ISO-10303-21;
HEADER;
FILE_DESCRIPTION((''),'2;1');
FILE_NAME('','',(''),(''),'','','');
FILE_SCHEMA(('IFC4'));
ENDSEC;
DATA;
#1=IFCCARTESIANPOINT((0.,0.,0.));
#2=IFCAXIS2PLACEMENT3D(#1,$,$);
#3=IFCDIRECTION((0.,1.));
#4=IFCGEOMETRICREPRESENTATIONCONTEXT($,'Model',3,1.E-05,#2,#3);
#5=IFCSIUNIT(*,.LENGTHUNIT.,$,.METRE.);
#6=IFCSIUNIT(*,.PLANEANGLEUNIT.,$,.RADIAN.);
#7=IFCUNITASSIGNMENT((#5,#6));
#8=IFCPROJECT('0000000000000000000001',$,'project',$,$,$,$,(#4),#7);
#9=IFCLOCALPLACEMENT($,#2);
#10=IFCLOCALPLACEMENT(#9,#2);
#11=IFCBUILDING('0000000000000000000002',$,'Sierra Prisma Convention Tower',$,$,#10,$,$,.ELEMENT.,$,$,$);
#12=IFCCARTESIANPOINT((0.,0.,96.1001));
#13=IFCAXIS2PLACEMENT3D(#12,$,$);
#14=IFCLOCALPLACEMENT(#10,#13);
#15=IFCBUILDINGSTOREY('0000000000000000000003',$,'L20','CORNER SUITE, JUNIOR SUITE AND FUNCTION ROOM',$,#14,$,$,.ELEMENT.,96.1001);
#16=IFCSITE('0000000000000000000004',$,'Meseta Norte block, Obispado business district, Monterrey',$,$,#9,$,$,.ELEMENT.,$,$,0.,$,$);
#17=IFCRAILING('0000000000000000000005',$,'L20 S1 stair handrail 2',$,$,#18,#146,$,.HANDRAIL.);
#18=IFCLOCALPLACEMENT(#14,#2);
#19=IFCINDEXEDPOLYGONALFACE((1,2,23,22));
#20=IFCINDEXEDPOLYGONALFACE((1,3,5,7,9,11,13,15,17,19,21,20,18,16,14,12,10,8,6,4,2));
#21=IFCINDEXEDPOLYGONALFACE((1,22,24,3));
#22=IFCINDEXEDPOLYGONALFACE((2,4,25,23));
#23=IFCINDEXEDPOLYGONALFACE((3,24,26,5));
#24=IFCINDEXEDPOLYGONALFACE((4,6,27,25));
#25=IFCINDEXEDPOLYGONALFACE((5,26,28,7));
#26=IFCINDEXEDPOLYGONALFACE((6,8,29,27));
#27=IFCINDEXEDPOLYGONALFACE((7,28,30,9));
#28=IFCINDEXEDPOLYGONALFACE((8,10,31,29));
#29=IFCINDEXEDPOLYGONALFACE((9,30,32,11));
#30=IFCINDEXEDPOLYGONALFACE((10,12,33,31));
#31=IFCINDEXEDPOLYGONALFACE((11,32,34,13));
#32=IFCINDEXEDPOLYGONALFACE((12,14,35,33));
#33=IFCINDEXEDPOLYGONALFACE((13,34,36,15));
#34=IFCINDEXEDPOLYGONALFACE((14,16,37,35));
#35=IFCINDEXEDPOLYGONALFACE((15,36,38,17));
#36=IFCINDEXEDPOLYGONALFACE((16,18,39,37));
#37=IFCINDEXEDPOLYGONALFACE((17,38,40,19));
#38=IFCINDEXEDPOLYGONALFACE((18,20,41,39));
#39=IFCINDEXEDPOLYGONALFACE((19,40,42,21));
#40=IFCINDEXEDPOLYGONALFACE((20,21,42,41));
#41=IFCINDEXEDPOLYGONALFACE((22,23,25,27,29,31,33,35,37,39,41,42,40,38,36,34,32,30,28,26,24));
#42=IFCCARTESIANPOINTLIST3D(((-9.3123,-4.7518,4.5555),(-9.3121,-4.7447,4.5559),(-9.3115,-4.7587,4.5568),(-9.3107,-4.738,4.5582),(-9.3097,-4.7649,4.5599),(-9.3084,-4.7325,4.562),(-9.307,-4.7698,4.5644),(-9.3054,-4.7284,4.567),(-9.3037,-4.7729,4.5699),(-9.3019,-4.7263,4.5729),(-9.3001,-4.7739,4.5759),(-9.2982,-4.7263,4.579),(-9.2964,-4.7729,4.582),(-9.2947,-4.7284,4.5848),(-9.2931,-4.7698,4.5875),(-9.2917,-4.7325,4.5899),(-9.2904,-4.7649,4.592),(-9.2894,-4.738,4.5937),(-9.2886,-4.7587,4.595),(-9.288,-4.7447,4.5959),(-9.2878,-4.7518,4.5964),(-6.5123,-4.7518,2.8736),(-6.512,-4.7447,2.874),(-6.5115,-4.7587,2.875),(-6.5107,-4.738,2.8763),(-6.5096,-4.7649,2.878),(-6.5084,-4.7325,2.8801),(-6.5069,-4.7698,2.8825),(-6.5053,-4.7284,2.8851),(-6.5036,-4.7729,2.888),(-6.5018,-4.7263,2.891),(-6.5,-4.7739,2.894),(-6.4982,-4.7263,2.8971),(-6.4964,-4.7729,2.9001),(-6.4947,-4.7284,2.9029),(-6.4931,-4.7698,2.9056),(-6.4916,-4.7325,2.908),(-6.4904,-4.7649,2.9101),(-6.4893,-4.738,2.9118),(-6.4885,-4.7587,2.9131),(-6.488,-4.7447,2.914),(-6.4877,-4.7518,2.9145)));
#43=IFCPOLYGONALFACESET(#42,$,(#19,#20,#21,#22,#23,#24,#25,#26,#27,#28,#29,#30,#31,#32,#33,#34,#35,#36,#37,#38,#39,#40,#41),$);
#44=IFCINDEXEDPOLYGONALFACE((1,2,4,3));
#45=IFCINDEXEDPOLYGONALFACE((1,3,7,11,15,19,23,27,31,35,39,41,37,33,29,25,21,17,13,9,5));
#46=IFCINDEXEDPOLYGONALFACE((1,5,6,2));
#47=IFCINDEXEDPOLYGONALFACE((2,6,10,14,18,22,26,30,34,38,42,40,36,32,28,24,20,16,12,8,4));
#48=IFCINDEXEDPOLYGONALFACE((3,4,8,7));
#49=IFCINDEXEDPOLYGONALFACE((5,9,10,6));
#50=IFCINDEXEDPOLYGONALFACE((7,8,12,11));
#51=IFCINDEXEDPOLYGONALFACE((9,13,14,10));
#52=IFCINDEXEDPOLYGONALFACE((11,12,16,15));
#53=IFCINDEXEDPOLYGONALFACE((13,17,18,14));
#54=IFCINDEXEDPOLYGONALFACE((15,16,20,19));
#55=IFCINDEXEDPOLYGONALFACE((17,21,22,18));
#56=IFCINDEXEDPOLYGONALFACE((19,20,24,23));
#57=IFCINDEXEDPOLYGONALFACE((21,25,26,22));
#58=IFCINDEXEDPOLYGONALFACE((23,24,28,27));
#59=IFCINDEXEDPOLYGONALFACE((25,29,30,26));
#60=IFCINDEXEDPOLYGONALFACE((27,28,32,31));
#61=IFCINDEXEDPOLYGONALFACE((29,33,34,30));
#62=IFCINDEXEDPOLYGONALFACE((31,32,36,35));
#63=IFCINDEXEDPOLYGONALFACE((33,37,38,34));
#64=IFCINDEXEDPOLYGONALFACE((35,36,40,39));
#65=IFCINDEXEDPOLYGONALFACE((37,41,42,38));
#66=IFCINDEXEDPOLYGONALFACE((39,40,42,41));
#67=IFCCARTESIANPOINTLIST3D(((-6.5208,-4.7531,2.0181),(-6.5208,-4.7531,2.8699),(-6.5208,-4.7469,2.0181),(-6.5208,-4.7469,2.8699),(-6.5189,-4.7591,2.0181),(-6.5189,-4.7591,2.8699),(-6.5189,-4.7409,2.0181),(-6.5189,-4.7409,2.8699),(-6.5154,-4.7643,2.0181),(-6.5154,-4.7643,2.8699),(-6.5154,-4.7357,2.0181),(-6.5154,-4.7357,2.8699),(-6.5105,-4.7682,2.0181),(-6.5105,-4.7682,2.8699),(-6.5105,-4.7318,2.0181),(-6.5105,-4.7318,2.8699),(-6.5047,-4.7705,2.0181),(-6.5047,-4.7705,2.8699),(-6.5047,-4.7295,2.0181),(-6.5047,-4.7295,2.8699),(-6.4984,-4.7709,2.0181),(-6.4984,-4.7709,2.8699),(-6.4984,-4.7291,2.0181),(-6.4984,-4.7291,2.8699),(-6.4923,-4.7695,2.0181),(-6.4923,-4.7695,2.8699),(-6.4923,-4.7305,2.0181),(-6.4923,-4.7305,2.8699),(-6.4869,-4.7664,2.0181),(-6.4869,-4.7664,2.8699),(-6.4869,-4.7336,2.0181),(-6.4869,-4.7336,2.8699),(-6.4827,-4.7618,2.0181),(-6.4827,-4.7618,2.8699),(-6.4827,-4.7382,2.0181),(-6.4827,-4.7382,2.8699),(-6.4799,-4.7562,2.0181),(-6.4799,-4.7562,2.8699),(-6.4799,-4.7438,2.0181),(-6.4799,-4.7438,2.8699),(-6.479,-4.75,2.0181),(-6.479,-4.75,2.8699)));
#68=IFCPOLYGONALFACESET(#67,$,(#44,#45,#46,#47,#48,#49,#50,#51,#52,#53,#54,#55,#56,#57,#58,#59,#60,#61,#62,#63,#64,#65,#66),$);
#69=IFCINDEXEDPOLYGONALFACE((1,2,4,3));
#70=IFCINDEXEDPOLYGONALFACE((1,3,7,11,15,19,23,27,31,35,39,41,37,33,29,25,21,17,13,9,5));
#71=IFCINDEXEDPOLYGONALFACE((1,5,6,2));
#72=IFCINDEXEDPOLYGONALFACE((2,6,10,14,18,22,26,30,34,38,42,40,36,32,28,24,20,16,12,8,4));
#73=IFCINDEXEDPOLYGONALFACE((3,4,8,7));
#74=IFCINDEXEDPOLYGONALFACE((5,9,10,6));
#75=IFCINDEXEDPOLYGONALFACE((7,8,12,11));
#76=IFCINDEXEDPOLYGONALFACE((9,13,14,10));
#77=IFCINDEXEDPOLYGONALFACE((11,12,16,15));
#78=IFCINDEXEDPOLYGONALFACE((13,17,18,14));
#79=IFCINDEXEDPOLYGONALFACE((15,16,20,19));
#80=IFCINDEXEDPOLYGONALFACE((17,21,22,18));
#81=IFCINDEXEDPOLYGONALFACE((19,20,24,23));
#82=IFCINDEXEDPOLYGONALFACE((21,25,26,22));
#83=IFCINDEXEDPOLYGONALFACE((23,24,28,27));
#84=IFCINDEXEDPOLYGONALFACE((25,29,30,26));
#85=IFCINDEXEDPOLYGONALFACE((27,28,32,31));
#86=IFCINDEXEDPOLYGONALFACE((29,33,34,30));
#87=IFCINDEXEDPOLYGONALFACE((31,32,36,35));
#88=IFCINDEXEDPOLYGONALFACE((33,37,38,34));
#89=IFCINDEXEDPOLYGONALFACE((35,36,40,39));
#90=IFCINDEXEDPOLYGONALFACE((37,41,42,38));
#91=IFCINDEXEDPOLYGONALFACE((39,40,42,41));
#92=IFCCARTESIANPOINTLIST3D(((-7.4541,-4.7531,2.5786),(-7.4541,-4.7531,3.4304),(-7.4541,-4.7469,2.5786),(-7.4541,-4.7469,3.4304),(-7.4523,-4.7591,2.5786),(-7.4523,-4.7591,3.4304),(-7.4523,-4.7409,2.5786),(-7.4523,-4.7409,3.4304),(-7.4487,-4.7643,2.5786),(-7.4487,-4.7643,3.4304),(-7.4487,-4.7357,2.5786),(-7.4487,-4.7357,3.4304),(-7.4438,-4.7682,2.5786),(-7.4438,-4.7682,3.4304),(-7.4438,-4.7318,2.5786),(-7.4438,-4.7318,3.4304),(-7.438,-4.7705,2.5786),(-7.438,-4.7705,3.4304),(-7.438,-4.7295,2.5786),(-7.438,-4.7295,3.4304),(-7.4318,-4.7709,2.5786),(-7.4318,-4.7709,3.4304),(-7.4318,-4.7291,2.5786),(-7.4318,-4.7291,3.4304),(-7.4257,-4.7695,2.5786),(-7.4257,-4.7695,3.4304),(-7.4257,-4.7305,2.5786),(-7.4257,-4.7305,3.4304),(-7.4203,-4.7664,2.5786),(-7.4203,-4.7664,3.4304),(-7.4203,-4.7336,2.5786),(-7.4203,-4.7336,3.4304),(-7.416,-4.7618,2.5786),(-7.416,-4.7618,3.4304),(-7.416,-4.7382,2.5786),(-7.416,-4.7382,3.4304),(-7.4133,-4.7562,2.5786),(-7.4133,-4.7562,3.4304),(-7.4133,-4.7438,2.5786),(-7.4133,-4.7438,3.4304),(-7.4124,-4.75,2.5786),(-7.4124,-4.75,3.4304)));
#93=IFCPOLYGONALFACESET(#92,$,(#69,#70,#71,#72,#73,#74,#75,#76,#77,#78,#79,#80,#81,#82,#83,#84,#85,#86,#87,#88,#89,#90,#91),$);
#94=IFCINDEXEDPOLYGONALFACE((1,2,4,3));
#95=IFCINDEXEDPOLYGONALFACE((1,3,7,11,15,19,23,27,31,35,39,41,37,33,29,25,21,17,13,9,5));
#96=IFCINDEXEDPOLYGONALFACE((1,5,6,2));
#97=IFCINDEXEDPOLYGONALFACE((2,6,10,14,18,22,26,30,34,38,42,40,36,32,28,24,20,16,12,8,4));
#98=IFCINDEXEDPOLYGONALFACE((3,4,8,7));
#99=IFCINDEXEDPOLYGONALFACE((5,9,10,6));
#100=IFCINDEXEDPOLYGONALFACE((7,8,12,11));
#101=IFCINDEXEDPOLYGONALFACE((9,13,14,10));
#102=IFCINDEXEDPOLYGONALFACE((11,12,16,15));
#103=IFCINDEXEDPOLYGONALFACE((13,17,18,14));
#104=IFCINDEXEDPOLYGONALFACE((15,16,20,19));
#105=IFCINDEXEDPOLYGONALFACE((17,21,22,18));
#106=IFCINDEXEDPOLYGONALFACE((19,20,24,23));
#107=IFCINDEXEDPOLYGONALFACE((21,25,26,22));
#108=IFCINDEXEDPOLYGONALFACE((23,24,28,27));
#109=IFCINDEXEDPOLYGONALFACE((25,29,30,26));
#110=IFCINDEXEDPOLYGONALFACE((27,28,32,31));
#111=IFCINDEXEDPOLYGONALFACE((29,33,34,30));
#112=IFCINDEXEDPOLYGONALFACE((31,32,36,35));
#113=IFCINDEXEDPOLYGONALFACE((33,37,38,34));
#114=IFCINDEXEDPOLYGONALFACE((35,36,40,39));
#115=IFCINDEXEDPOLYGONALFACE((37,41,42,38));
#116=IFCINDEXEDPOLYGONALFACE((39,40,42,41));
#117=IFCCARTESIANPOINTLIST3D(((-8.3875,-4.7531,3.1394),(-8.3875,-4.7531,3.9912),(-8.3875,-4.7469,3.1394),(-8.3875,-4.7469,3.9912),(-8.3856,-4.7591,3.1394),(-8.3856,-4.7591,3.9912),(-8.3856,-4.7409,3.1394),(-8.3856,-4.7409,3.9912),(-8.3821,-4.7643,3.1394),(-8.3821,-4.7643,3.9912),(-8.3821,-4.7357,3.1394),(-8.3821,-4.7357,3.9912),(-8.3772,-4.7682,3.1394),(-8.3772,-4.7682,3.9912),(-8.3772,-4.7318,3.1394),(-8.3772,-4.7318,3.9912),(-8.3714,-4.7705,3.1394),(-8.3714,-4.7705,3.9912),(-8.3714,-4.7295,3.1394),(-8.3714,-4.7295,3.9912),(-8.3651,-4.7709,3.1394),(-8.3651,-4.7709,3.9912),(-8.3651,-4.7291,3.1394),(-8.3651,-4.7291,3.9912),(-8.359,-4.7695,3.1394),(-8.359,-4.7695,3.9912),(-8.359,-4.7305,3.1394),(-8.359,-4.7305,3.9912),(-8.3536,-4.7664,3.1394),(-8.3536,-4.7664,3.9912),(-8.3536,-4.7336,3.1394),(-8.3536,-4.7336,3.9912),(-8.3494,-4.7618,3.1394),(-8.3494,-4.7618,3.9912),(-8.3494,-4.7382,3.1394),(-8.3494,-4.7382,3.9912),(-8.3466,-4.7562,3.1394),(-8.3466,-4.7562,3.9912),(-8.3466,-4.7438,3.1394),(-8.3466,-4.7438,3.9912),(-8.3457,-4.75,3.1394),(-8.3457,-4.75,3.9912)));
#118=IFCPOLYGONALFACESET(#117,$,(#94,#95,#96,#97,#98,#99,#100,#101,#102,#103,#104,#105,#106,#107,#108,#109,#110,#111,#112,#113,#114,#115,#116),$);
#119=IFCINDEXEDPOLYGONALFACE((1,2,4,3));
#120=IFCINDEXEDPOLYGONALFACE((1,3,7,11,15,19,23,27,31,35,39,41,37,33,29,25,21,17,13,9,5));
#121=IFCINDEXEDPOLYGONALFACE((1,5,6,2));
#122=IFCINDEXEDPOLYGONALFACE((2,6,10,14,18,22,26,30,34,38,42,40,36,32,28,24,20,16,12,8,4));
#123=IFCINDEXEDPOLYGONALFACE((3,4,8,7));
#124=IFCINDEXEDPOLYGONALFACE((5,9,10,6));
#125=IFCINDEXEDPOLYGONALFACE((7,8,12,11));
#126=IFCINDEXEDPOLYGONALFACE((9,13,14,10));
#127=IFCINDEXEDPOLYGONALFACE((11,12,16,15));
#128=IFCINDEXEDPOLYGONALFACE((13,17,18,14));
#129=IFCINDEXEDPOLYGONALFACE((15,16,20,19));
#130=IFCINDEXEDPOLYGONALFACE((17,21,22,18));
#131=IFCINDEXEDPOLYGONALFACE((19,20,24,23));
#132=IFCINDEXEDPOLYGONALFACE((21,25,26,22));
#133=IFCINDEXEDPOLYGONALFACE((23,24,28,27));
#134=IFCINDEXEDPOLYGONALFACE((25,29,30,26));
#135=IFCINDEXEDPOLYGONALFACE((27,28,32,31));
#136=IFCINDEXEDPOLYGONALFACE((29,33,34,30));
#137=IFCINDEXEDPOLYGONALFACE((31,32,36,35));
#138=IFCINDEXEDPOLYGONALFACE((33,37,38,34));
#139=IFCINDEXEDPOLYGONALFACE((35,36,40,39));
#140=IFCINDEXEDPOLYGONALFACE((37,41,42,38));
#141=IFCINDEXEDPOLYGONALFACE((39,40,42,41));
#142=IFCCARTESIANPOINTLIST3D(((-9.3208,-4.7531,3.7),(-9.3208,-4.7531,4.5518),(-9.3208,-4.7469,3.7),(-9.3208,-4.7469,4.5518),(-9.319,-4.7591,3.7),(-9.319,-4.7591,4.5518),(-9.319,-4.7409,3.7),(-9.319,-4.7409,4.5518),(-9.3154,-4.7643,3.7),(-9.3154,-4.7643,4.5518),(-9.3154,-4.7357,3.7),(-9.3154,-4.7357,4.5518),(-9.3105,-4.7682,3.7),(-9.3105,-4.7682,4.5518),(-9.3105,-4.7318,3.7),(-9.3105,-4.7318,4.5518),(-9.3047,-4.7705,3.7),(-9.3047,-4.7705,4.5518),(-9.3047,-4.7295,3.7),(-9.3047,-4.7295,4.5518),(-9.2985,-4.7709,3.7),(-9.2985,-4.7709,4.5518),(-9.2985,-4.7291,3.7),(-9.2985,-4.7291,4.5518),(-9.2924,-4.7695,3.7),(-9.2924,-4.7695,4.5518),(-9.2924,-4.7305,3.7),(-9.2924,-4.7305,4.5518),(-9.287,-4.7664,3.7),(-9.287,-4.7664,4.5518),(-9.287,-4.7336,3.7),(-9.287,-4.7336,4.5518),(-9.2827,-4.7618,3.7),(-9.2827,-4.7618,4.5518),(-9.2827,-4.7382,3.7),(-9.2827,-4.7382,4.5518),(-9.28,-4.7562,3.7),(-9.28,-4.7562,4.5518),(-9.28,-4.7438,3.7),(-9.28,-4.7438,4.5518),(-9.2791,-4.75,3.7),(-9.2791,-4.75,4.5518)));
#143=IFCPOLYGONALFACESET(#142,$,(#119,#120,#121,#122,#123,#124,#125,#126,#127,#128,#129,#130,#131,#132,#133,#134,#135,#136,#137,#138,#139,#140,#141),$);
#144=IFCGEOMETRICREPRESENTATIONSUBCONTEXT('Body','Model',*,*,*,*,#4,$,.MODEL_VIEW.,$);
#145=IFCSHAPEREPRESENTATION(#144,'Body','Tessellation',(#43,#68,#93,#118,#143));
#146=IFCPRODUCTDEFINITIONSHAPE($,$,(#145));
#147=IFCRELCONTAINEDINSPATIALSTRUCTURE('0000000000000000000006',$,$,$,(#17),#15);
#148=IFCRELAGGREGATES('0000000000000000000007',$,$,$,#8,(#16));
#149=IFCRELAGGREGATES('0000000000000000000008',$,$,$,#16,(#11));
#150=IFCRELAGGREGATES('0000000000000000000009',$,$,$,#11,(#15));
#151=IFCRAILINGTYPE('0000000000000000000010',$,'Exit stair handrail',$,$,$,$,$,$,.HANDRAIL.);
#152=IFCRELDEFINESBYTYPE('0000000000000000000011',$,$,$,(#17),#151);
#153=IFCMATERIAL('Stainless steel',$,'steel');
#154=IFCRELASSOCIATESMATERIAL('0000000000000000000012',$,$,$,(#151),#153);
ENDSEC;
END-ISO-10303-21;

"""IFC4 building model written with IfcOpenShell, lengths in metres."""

from ifc_helpers import new_model, si_unit, direction, frame, origin, origin_2d, place, context, subcontext, project, spatial, circle, extrude, material, type_object, element, save


model = new_model("IFC4")

# Units and contexts
model_context = context("Model", 3, precision=1e-05, world=origin(), true_north=direction((0.0, 1.0)))
body_context = subcontext(model_context, "Body", "Model", "MODEL_VIEW")
ifc_project = project(units=[si_unit("LENGTHUNIT", "METRE"), si_unit("PLANEANGLEUNIT", "RADIAN")], contexts=[model_context])

# Site, building, storey
site_placement = place(None, origin())
site = spatial("IfcSite", under=ifc_project, at=site_placement, Name="Meseta Norte block, Obispado business district, Monterrey", CompositionType="ELEMENT", RefElevation=0.0)
building_placement = place(site_placement, origin())
building = spatial("IfcBuilding", under=site, at=building_placement, Name="Sierra Prisma Convention Tower", CompositionType="ELEMENT")
storey_placement = place(building_placement, frame((0.0, 0.0, 96.1001)))
storey = spatial("IfcBuildingStorey", under=building, at=storey_placement, Name="L20", Description="CORNER SUITE, JUNIOR SUITE AND FUNCTION ROOM", CompositionType="ELEMENT", Elevation=96.1001)

# Railing
ifc_material_1 = material(Name="Stainless steel", Category="steel")
railing_type_1 = type_object("IfcRailingType", Name="Exit stair handrail", PredefinedType="HANDRAIL", material=ifc_material_1)
railing_1_placement = place(storey_placement, frame((-6.5, -4.75, 2.0181)))
element("IfcRailing", 1, at=railing_1_placement, inside=storey, type_object=railing_type_1, Name="L20 S1 stair handrail 2", PredefinedType="HANDRAIL", context=body_context, shape_type="SweptSolid", body=[
    extrude(circle(Radius=0.0239, at=origin_2d()), frame((0.0, 0.0, 0.876), z_axis=(-0.857242, 0.0, 0.514913), x_axis=(0.0, -1.0, 0.0)), (0.0, 0.0, 1.0), 3.2664),
    extrude(circle(Radius=0.021, at=origin_2d()), origin(), (0.0, 0.0, 1.0), 0.8518),
    extrude(circle(Radius=0.021, at=origin_2d()), frame((-0.9333, 0.0, 0.5605)), (0.0, 0.0, 1.0), 0.8518),
    extrude(circle(Radius=0.021, at=origin_2d()), frame((-1.8667, 0.0, 1.1213)), (0.0, 0.0, 1.0), 0.8518),
    extrude(circle(Radius=0.021, at=origin_2d()), frame((-2.8, 0.0, 1.6819)), (0.0, 0.0, 1.0), 0.8518),
])

save(model, "model.ifc")
